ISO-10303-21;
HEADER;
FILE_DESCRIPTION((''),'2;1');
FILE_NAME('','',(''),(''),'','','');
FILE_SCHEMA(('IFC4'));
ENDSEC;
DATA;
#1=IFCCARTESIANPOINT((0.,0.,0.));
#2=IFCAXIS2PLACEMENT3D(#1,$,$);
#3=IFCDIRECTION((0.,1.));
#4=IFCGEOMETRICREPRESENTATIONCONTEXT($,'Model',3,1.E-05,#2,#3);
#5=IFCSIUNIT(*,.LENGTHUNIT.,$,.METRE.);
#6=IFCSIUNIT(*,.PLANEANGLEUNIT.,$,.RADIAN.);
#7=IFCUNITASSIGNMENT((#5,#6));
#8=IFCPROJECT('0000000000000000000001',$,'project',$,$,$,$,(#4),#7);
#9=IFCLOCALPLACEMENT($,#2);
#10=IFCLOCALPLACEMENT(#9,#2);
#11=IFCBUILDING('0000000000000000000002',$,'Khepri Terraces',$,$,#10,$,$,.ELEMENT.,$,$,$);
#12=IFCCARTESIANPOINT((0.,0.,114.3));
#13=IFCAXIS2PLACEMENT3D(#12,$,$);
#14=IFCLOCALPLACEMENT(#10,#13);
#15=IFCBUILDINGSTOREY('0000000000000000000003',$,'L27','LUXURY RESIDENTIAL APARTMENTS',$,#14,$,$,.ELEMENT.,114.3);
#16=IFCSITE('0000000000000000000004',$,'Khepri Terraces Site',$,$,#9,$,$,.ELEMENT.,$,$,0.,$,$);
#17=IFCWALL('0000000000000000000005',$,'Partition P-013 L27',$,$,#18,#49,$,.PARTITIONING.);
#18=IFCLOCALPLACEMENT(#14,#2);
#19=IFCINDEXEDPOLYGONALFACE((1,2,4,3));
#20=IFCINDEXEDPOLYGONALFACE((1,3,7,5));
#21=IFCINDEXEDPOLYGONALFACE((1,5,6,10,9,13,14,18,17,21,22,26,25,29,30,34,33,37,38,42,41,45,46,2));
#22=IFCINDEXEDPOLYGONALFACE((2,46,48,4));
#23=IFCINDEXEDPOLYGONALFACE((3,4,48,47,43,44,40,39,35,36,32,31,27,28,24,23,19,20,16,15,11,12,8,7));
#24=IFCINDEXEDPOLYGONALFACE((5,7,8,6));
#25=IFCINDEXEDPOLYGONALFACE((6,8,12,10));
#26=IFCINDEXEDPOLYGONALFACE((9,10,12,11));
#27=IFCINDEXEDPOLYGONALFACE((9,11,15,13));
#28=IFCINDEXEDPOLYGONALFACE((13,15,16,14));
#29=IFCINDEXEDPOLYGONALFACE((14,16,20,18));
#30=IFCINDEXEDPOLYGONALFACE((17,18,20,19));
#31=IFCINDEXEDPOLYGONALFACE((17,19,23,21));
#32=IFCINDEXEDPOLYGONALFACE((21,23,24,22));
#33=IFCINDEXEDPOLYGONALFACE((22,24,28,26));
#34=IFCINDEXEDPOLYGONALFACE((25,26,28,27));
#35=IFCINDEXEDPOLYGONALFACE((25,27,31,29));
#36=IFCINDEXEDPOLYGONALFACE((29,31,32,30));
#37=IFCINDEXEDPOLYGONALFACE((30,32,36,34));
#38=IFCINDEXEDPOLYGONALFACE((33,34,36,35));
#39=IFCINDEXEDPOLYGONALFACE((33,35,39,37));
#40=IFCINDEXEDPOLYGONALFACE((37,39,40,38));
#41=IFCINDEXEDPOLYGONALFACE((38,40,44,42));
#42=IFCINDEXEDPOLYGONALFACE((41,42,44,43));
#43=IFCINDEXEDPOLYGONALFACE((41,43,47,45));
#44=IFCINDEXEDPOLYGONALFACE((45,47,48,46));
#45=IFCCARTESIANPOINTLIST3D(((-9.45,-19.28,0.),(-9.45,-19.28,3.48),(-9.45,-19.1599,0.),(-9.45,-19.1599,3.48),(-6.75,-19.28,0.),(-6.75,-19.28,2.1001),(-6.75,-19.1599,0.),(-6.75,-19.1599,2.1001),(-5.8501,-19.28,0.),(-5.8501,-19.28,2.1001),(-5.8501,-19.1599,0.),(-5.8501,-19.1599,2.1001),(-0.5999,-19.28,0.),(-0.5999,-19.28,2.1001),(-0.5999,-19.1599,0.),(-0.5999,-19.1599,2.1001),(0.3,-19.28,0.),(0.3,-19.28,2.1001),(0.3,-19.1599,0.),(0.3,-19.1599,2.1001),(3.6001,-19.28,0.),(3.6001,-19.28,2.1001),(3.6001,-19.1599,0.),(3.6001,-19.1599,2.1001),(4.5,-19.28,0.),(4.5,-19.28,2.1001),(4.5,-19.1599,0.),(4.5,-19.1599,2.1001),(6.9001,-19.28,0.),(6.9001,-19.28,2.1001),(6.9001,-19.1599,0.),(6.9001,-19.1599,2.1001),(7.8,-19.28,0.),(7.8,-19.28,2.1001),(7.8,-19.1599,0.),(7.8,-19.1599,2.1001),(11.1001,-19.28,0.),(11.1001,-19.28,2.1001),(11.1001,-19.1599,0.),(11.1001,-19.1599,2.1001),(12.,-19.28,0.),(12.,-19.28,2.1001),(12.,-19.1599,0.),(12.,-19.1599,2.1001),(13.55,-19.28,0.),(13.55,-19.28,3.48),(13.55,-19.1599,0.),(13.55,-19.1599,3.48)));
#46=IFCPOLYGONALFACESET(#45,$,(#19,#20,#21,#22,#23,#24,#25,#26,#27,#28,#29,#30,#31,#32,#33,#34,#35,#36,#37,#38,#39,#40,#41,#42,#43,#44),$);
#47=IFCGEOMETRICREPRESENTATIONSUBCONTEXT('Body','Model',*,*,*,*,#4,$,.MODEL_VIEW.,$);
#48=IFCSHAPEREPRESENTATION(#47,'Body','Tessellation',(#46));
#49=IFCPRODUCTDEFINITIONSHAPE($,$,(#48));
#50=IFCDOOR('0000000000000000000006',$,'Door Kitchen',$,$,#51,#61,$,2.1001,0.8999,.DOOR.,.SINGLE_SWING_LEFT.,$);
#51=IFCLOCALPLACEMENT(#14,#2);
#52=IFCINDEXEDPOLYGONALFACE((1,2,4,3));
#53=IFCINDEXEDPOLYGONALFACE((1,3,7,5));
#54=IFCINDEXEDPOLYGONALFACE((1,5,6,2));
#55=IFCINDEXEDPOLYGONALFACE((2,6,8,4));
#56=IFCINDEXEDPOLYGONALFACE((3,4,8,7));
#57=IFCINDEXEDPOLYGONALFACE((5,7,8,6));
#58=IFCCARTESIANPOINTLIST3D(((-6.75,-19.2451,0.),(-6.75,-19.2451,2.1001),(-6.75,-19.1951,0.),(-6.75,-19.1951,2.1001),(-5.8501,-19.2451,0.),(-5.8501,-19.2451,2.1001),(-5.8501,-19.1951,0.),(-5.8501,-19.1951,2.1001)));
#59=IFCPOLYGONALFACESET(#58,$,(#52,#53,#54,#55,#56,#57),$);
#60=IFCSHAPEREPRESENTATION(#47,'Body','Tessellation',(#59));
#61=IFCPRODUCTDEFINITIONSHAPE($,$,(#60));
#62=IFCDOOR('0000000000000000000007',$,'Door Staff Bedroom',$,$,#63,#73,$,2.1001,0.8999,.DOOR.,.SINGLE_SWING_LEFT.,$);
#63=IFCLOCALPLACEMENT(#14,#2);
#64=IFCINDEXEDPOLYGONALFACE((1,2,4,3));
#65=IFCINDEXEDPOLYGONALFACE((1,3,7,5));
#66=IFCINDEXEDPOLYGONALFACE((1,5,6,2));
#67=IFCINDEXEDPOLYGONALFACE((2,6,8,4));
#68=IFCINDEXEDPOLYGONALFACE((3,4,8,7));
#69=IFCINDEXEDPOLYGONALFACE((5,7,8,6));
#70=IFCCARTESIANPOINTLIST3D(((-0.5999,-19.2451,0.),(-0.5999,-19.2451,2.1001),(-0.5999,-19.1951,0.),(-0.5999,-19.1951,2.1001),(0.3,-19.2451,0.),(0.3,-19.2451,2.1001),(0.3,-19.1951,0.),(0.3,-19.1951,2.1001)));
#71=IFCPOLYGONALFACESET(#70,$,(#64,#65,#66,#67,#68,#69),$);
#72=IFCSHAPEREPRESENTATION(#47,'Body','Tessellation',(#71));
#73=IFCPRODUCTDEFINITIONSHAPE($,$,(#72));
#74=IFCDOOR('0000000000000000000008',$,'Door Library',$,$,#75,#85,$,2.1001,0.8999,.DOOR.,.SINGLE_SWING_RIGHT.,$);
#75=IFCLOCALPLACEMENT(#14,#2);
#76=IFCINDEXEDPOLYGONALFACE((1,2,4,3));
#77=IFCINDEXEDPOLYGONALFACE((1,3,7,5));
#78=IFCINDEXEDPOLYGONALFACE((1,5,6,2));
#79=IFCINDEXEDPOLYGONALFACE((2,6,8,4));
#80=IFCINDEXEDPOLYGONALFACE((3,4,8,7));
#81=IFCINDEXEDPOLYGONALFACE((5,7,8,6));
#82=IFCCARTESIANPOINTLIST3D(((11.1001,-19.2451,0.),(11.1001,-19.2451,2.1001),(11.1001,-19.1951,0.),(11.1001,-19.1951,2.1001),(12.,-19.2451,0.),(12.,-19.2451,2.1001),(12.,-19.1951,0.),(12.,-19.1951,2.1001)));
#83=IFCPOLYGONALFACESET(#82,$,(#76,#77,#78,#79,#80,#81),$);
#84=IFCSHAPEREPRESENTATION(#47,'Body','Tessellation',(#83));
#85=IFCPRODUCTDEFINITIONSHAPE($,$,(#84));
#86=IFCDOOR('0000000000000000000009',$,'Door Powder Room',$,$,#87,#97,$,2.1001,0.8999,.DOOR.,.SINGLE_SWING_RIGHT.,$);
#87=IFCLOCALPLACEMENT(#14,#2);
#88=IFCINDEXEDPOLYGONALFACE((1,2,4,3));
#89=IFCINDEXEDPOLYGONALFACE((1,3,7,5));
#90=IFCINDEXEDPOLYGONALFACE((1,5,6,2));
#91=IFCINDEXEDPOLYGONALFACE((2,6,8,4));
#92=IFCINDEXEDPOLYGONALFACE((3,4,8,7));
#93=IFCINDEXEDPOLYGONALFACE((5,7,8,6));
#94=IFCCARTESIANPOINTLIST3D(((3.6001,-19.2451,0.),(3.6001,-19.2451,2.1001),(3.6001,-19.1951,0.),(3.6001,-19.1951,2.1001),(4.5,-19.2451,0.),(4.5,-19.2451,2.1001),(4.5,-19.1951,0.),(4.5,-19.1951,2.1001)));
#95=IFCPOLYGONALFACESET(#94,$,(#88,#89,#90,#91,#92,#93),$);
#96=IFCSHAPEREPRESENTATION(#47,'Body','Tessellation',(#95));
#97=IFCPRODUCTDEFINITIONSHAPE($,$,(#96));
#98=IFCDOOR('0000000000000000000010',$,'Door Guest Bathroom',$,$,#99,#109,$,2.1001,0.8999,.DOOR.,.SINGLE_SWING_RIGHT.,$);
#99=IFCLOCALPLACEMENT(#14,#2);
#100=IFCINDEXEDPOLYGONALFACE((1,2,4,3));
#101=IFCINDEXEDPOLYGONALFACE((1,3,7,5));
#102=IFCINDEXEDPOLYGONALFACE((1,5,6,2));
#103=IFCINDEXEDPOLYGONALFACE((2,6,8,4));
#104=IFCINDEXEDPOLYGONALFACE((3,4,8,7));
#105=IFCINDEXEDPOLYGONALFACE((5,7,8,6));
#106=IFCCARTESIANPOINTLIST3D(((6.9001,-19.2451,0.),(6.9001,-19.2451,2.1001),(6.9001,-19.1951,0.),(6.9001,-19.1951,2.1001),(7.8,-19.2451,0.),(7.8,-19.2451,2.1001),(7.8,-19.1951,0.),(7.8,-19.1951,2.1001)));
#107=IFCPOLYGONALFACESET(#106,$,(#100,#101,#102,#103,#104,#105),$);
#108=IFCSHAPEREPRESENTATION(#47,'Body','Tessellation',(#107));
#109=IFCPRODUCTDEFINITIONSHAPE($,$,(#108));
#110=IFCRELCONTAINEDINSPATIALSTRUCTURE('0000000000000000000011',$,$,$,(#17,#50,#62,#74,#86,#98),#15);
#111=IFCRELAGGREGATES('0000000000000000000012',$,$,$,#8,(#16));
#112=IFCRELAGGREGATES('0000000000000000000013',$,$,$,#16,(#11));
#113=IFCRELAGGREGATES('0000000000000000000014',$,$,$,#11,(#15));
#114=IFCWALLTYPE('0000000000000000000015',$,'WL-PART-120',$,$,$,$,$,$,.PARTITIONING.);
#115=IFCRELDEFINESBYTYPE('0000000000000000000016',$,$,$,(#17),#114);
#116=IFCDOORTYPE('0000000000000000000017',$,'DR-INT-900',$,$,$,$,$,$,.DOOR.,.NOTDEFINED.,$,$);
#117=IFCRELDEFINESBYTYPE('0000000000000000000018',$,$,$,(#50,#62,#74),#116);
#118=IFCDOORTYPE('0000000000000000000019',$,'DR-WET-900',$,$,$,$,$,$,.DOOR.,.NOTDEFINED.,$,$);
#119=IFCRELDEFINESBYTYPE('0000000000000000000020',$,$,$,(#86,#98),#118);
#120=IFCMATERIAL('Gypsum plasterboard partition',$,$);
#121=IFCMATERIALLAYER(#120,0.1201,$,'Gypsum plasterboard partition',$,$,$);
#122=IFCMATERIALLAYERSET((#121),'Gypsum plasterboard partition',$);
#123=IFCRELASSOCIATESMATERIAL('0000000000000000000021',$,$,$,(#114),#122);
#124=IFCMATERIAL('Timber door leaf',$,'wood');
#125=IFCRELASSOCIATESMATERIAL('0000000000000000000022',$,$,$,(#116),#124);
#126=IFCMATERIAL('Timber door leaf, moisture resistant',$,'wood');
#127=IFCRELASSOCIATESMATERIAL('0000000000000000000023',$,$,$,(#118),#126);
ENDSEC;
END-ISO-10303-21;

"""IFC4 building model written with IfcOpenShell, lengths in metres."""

from ifc_helpers import new_model, si_unit, direction, frame, frame_2d, origin, place, context, subcontext, project, spatial, rectangle, extrude, material, layer, layer_set, type_object, element, fill, save


model = new_model("IFC4")

# Units and contexts
model_context = context("Model", 3, precision=1e-05, world=origin(), true_north=direction((0.0, 1.0)))
body_context = subcontext(model_context, "Body", "Model", "MODEL_VIEW")
ifc_project = project(units=[si_unit("LENGTHUNIT", "METRE"), si_unit("PLANEANGLEUNIT", "RADIAN")], contexts=[model_context])

# Site, building, storey
site_placement = place(None, origin())
site = spatial("IfcSite", under=ifc_project, at=site_placement, Name="Khepri Terraces Site", CompositionType="ELEMENT", RefElevation=0.0)
building_placement = place(site_placement, origin())
building = spatial("IfcBuilding", under=site, at=building_placement, Name="Khepri Terraces", CompositionType="ELEMENT")
storey_placement = place(building_placement, frame((0.0, 0.0, 114.3)))
storey = spatial("IfcBuildingStorey", under=building, at=storey_placement, Name="L27", Description="LUXURY RESIDENTIAL APARTMENTS", CompositionType="ELEMENT", Elevation=114.3)

# Shared definitions
ifc_material_1 = material(Name="Gypsum plasterboard partition")
ifc_layer_1 = layer(ifc_material_1, 0.1201, Name="Gypsum plasterboard partition")
ifc_layer_set_1 = layer_set([ifc_layer_1], Name="Gypsum plasterboard partition")
wall_type_1 = type_object("IfcWallType", Name="WL-PART-120", PredefinedType="PARTITIONING", material=ifc_layer_set_1)

# Shared definitions
ifc_material_2 = material(Name="Timber door leaf", Category="wood")
door_type_1 = type_object("IfcDoorType", Name="DR-INT-900", OperationType="NOTDEFINED", PredefinedType="DOOR", material=ifc_material_2)

# Wall, openings, doors
wall_1_placement = place(storey_placement, frame((-9.45, -19.22, 0.0), z_axis=(0.0, 0.0, 1.0), x_axis=(1.0, 0.0, 0.0)))
wall_1 = element("IfcWall", 1, at=wall_1_placement, inside=storey, type_object=wall_type_1, Name="Partition P-013 L27", PredefinedType="PARTITIONING", context=body_context, shape_type="SweptSolid", body=[
    extrude(rectangle(XDim=23.0, YDim=0.1201, at=frame_2d((11.5, 0.0))), origin(), (0.0, 0.0, 1.0), 3.48),
])
opening_1_placement = place(wall_1_placement, frame((2.7, 0.0, 0.0)))
opening_1 = element("IfcOpeningElement", 2, at=opening_1_placement, cuts=wall_1, PredefinedType="OPENING", context=body_context, shape_type="SweptSolid", body=[
    extrude(rectangle(XDim=0.8999, YDim=2.1001, at=frame_2d((0.45, 1.05))), frame((0.0, 0.0701, 0.0), z_axis=(0.0, -1.0, 0.0), x_axis=(1.0, 0.0, 0.0)), (0.0, 0.0, 1.0), 0.1401),
])
opening_2_placement = place(wall_1_placement, frame((8.8501, 0.0, 0.0)))
opening_2 = element("IfcOpeningElement", 3, at=opening_2_placement, cuts=wall_1, PredefinedType="OPENING", context=body_context, shape_type="SweptSolid", body=[
    extrude(rectangle(XDim=0.8999, YDim=2.1001, at=frame_2d((0.45, 1.05))), frame((0.0, 0.0701, 0.0), z_axis=(0.0, -1.0, 0.0), x_axis=(1.0, 0.0, 0.0)), (0.0, 0.0, 1.0), 0.1401),
])
opening_3_placement = place(wall_1_placement, frame((13.05, 0.0, 0.0)))
opening_3 = element("IfcOpeningElement", 4, at=opening_3_placement, cuts=wall_1, PredefinedType="OPENING", context=body_context, shape_type="SweptSolid", body=[
    extrude(rectangle(XDim=0.8999, YDim=2.1001, at=frame_2d((0.45, 1.05))), frame((0.0, 0.0701, 0.0), z_axis=(0.0, -1.0, 0.0), x_axis=(1.0, 0.0, 0.0)), (0.0, 0.0, 1.0), 0.1401),
])
opening_4_placement = place(wall_1_placement, frame((16.3501, 0.0, 0.0)))
opening_4 = element("IfcOpeningElement", 5, at=opening_4_placement, cuts=wall_1, PredefinedType="OPENING", context=body_context, shape_type="SweptSolid", body=[
    extrude(rectangle(XDim=0.8999, YDim=2.1001, at=frame_2d((0.45, 1.05))), frame((0.0, 0.0701, 0.0), z_axis=(0.0, -1.0, 0.0), x_axis=(1.0, 0.0, 0.0)), (0.0, 0.0, 1.0), 0.1401),
])
opening_5_placement = place(wall_1_placement, frame((20.55, 0.0, 0.0)))
opening_5 = element("IfcOpeningElement", 6, at=opening_5_placement, cuts=wall_1, PredefinedType="OPENING", context=body_context, shape_type="SweptSolid", body=[
    extrude(rectangle(XDim=0.8999, YDim=2.1001, at=frame_2d((0.45, 1.05))), frame((0.0, 0.0701, 0.0), z_axis=(0.0, -1.0, 0.0), x_axis=(1.0, 0.0, 0.0)), (0.0, 0.0, 1.0), 0.1401),
])
door_1_placement = place(opening_1_placement, origin())
door_1 = element("IfcDoor", 7, at=door_1_placement, inside=storey, type_object=door_type_1, Name="Door Kitchen", OperationType="SINGLE_SWING_LEFT", OverallHeight=2.1001, OverallWidth=0.8999, PredefinedType="DOOR", context=body_context, shape_type="SweptSolid", body=[
    extrude(rectangle(XDim=0.8999, YDim=2.1001, at=frame_2d((0.45, 1.05))), frame((0.0, 0.0249, 0.0), z_axis=(0.0, -1.0, 0.0), x_axis=(1.0, 0.0, 0.0)), (0.0, 0.0, 1.0), 0.05),
])
fill(opening_1, door_1)
door_2_placement = place(opening_2_placement, origin())
door_2 = element("IfcDoor", 8, at=door_2_placement, inside=storey, type_object=door_type_1, Name="Door Staff Bedroom", OperationType="SINGLE_SWING_LEFT", OverallHeight=2.1001, OverallWidth=0.8999, PredefinedType="DOOR", context=body_context, shape_type="SweptSolid", body=[
    extrude(rectangle(XDim=0.8999, YDim=2.1001, at=frame_2d((0.45, 1.05))), frame((0.0, 0.0249, 0.0), z_axis=(0.0, -1.0, 0.0), x_axis=(1.0, 0.0, 0.0)), (0.0, 0.0, 1.0), 0.05),
])
fill(opening_2, door_2)
door_3_placement = place(opening_5_placement, origin())
door_3 = element("IfcDoor", 9, at=door_3_placement, inside=storey, type_object=door_type_1, Name="Door Library", OperationType="SINGLE_SWING_RIGHT", OverallHeight=2.1001, OverallWidth=0.8999, PredefinedType="DOOR", context=body_context, shape_type="SweptSolid", body=[
    extrude(rectangle(XDim=0.8999, YDim=2.1001, at=frame_2d((0.45, 1.05))), frame((0.0, 0.0249, 0.0), z_axis=(0.0, -1.0, 0.0), x_axis=(1.0, 0.0, 0.0)), (0.0, 0.0, 1.0), 0.05),
])
fill(opening_5, door_3)
ifc_material_3 = material(Name="Timber door leaf, moisture resistant", Category="wood")
door_type_2 = type_object("IfcDoorType", Name="DR-WET-900", OperationType="NOTDEFINED", PredefinedType="DOOR", material=ifc_material_3)
door_4_placement = place(opening_3_placement, origin())
door_4 = element("IfcDoor", 10, at=door_4_placement, inside=storey, type_object=door_type_2, Name="Door Powder Room", OperationType="SINGLE_SWING_RIGHT", OverallHeight=2.1001, OverallWidth=0.8999, PredefinedType="DOOR", context=body_context, shape_type="SweptSolid", body=[
    extrude(rectangle(XDim=0.8999, YDim=2.1001, at=frame_2d((0.45, 1.05))), frame((0.0, 0.0249, 0.0), z_axis=(0.0, -1.0, 0.0), x_axis=(1.0, 0.0, 0.0)), (0.0, 0.0, 1.0), 0.05),
])
fill(opening_3, door_4)
door_5_placement = place(opening_4_placement, origin())
door_5 = element("IfcDoor", 11, at=door_5_placement, inside=storey, type_object=door_type_2, Name="Door Guest Bathroom", OperationType="SINGLE_SWING_RIGHT", OverallHeight=2.1001, OverallWidth=0.8999, PredefinedType="DOOR", context=body_context, shape_type="SweptSolid", body=[
    extrude(rectangle(XDim=0.8999, YDim=2.1001, at=frame_2d((0.45, 1.05))), frame((0.0, 0.0249, 0.0), z_axis=(0.0, -1.0, 0.0), x_axis=(1.0, 0.0, 0.0)), (0.0, 0.0, 1.0), 0.05),
])
fill(opening_4, door_5)

save(model, "model.ifc")
